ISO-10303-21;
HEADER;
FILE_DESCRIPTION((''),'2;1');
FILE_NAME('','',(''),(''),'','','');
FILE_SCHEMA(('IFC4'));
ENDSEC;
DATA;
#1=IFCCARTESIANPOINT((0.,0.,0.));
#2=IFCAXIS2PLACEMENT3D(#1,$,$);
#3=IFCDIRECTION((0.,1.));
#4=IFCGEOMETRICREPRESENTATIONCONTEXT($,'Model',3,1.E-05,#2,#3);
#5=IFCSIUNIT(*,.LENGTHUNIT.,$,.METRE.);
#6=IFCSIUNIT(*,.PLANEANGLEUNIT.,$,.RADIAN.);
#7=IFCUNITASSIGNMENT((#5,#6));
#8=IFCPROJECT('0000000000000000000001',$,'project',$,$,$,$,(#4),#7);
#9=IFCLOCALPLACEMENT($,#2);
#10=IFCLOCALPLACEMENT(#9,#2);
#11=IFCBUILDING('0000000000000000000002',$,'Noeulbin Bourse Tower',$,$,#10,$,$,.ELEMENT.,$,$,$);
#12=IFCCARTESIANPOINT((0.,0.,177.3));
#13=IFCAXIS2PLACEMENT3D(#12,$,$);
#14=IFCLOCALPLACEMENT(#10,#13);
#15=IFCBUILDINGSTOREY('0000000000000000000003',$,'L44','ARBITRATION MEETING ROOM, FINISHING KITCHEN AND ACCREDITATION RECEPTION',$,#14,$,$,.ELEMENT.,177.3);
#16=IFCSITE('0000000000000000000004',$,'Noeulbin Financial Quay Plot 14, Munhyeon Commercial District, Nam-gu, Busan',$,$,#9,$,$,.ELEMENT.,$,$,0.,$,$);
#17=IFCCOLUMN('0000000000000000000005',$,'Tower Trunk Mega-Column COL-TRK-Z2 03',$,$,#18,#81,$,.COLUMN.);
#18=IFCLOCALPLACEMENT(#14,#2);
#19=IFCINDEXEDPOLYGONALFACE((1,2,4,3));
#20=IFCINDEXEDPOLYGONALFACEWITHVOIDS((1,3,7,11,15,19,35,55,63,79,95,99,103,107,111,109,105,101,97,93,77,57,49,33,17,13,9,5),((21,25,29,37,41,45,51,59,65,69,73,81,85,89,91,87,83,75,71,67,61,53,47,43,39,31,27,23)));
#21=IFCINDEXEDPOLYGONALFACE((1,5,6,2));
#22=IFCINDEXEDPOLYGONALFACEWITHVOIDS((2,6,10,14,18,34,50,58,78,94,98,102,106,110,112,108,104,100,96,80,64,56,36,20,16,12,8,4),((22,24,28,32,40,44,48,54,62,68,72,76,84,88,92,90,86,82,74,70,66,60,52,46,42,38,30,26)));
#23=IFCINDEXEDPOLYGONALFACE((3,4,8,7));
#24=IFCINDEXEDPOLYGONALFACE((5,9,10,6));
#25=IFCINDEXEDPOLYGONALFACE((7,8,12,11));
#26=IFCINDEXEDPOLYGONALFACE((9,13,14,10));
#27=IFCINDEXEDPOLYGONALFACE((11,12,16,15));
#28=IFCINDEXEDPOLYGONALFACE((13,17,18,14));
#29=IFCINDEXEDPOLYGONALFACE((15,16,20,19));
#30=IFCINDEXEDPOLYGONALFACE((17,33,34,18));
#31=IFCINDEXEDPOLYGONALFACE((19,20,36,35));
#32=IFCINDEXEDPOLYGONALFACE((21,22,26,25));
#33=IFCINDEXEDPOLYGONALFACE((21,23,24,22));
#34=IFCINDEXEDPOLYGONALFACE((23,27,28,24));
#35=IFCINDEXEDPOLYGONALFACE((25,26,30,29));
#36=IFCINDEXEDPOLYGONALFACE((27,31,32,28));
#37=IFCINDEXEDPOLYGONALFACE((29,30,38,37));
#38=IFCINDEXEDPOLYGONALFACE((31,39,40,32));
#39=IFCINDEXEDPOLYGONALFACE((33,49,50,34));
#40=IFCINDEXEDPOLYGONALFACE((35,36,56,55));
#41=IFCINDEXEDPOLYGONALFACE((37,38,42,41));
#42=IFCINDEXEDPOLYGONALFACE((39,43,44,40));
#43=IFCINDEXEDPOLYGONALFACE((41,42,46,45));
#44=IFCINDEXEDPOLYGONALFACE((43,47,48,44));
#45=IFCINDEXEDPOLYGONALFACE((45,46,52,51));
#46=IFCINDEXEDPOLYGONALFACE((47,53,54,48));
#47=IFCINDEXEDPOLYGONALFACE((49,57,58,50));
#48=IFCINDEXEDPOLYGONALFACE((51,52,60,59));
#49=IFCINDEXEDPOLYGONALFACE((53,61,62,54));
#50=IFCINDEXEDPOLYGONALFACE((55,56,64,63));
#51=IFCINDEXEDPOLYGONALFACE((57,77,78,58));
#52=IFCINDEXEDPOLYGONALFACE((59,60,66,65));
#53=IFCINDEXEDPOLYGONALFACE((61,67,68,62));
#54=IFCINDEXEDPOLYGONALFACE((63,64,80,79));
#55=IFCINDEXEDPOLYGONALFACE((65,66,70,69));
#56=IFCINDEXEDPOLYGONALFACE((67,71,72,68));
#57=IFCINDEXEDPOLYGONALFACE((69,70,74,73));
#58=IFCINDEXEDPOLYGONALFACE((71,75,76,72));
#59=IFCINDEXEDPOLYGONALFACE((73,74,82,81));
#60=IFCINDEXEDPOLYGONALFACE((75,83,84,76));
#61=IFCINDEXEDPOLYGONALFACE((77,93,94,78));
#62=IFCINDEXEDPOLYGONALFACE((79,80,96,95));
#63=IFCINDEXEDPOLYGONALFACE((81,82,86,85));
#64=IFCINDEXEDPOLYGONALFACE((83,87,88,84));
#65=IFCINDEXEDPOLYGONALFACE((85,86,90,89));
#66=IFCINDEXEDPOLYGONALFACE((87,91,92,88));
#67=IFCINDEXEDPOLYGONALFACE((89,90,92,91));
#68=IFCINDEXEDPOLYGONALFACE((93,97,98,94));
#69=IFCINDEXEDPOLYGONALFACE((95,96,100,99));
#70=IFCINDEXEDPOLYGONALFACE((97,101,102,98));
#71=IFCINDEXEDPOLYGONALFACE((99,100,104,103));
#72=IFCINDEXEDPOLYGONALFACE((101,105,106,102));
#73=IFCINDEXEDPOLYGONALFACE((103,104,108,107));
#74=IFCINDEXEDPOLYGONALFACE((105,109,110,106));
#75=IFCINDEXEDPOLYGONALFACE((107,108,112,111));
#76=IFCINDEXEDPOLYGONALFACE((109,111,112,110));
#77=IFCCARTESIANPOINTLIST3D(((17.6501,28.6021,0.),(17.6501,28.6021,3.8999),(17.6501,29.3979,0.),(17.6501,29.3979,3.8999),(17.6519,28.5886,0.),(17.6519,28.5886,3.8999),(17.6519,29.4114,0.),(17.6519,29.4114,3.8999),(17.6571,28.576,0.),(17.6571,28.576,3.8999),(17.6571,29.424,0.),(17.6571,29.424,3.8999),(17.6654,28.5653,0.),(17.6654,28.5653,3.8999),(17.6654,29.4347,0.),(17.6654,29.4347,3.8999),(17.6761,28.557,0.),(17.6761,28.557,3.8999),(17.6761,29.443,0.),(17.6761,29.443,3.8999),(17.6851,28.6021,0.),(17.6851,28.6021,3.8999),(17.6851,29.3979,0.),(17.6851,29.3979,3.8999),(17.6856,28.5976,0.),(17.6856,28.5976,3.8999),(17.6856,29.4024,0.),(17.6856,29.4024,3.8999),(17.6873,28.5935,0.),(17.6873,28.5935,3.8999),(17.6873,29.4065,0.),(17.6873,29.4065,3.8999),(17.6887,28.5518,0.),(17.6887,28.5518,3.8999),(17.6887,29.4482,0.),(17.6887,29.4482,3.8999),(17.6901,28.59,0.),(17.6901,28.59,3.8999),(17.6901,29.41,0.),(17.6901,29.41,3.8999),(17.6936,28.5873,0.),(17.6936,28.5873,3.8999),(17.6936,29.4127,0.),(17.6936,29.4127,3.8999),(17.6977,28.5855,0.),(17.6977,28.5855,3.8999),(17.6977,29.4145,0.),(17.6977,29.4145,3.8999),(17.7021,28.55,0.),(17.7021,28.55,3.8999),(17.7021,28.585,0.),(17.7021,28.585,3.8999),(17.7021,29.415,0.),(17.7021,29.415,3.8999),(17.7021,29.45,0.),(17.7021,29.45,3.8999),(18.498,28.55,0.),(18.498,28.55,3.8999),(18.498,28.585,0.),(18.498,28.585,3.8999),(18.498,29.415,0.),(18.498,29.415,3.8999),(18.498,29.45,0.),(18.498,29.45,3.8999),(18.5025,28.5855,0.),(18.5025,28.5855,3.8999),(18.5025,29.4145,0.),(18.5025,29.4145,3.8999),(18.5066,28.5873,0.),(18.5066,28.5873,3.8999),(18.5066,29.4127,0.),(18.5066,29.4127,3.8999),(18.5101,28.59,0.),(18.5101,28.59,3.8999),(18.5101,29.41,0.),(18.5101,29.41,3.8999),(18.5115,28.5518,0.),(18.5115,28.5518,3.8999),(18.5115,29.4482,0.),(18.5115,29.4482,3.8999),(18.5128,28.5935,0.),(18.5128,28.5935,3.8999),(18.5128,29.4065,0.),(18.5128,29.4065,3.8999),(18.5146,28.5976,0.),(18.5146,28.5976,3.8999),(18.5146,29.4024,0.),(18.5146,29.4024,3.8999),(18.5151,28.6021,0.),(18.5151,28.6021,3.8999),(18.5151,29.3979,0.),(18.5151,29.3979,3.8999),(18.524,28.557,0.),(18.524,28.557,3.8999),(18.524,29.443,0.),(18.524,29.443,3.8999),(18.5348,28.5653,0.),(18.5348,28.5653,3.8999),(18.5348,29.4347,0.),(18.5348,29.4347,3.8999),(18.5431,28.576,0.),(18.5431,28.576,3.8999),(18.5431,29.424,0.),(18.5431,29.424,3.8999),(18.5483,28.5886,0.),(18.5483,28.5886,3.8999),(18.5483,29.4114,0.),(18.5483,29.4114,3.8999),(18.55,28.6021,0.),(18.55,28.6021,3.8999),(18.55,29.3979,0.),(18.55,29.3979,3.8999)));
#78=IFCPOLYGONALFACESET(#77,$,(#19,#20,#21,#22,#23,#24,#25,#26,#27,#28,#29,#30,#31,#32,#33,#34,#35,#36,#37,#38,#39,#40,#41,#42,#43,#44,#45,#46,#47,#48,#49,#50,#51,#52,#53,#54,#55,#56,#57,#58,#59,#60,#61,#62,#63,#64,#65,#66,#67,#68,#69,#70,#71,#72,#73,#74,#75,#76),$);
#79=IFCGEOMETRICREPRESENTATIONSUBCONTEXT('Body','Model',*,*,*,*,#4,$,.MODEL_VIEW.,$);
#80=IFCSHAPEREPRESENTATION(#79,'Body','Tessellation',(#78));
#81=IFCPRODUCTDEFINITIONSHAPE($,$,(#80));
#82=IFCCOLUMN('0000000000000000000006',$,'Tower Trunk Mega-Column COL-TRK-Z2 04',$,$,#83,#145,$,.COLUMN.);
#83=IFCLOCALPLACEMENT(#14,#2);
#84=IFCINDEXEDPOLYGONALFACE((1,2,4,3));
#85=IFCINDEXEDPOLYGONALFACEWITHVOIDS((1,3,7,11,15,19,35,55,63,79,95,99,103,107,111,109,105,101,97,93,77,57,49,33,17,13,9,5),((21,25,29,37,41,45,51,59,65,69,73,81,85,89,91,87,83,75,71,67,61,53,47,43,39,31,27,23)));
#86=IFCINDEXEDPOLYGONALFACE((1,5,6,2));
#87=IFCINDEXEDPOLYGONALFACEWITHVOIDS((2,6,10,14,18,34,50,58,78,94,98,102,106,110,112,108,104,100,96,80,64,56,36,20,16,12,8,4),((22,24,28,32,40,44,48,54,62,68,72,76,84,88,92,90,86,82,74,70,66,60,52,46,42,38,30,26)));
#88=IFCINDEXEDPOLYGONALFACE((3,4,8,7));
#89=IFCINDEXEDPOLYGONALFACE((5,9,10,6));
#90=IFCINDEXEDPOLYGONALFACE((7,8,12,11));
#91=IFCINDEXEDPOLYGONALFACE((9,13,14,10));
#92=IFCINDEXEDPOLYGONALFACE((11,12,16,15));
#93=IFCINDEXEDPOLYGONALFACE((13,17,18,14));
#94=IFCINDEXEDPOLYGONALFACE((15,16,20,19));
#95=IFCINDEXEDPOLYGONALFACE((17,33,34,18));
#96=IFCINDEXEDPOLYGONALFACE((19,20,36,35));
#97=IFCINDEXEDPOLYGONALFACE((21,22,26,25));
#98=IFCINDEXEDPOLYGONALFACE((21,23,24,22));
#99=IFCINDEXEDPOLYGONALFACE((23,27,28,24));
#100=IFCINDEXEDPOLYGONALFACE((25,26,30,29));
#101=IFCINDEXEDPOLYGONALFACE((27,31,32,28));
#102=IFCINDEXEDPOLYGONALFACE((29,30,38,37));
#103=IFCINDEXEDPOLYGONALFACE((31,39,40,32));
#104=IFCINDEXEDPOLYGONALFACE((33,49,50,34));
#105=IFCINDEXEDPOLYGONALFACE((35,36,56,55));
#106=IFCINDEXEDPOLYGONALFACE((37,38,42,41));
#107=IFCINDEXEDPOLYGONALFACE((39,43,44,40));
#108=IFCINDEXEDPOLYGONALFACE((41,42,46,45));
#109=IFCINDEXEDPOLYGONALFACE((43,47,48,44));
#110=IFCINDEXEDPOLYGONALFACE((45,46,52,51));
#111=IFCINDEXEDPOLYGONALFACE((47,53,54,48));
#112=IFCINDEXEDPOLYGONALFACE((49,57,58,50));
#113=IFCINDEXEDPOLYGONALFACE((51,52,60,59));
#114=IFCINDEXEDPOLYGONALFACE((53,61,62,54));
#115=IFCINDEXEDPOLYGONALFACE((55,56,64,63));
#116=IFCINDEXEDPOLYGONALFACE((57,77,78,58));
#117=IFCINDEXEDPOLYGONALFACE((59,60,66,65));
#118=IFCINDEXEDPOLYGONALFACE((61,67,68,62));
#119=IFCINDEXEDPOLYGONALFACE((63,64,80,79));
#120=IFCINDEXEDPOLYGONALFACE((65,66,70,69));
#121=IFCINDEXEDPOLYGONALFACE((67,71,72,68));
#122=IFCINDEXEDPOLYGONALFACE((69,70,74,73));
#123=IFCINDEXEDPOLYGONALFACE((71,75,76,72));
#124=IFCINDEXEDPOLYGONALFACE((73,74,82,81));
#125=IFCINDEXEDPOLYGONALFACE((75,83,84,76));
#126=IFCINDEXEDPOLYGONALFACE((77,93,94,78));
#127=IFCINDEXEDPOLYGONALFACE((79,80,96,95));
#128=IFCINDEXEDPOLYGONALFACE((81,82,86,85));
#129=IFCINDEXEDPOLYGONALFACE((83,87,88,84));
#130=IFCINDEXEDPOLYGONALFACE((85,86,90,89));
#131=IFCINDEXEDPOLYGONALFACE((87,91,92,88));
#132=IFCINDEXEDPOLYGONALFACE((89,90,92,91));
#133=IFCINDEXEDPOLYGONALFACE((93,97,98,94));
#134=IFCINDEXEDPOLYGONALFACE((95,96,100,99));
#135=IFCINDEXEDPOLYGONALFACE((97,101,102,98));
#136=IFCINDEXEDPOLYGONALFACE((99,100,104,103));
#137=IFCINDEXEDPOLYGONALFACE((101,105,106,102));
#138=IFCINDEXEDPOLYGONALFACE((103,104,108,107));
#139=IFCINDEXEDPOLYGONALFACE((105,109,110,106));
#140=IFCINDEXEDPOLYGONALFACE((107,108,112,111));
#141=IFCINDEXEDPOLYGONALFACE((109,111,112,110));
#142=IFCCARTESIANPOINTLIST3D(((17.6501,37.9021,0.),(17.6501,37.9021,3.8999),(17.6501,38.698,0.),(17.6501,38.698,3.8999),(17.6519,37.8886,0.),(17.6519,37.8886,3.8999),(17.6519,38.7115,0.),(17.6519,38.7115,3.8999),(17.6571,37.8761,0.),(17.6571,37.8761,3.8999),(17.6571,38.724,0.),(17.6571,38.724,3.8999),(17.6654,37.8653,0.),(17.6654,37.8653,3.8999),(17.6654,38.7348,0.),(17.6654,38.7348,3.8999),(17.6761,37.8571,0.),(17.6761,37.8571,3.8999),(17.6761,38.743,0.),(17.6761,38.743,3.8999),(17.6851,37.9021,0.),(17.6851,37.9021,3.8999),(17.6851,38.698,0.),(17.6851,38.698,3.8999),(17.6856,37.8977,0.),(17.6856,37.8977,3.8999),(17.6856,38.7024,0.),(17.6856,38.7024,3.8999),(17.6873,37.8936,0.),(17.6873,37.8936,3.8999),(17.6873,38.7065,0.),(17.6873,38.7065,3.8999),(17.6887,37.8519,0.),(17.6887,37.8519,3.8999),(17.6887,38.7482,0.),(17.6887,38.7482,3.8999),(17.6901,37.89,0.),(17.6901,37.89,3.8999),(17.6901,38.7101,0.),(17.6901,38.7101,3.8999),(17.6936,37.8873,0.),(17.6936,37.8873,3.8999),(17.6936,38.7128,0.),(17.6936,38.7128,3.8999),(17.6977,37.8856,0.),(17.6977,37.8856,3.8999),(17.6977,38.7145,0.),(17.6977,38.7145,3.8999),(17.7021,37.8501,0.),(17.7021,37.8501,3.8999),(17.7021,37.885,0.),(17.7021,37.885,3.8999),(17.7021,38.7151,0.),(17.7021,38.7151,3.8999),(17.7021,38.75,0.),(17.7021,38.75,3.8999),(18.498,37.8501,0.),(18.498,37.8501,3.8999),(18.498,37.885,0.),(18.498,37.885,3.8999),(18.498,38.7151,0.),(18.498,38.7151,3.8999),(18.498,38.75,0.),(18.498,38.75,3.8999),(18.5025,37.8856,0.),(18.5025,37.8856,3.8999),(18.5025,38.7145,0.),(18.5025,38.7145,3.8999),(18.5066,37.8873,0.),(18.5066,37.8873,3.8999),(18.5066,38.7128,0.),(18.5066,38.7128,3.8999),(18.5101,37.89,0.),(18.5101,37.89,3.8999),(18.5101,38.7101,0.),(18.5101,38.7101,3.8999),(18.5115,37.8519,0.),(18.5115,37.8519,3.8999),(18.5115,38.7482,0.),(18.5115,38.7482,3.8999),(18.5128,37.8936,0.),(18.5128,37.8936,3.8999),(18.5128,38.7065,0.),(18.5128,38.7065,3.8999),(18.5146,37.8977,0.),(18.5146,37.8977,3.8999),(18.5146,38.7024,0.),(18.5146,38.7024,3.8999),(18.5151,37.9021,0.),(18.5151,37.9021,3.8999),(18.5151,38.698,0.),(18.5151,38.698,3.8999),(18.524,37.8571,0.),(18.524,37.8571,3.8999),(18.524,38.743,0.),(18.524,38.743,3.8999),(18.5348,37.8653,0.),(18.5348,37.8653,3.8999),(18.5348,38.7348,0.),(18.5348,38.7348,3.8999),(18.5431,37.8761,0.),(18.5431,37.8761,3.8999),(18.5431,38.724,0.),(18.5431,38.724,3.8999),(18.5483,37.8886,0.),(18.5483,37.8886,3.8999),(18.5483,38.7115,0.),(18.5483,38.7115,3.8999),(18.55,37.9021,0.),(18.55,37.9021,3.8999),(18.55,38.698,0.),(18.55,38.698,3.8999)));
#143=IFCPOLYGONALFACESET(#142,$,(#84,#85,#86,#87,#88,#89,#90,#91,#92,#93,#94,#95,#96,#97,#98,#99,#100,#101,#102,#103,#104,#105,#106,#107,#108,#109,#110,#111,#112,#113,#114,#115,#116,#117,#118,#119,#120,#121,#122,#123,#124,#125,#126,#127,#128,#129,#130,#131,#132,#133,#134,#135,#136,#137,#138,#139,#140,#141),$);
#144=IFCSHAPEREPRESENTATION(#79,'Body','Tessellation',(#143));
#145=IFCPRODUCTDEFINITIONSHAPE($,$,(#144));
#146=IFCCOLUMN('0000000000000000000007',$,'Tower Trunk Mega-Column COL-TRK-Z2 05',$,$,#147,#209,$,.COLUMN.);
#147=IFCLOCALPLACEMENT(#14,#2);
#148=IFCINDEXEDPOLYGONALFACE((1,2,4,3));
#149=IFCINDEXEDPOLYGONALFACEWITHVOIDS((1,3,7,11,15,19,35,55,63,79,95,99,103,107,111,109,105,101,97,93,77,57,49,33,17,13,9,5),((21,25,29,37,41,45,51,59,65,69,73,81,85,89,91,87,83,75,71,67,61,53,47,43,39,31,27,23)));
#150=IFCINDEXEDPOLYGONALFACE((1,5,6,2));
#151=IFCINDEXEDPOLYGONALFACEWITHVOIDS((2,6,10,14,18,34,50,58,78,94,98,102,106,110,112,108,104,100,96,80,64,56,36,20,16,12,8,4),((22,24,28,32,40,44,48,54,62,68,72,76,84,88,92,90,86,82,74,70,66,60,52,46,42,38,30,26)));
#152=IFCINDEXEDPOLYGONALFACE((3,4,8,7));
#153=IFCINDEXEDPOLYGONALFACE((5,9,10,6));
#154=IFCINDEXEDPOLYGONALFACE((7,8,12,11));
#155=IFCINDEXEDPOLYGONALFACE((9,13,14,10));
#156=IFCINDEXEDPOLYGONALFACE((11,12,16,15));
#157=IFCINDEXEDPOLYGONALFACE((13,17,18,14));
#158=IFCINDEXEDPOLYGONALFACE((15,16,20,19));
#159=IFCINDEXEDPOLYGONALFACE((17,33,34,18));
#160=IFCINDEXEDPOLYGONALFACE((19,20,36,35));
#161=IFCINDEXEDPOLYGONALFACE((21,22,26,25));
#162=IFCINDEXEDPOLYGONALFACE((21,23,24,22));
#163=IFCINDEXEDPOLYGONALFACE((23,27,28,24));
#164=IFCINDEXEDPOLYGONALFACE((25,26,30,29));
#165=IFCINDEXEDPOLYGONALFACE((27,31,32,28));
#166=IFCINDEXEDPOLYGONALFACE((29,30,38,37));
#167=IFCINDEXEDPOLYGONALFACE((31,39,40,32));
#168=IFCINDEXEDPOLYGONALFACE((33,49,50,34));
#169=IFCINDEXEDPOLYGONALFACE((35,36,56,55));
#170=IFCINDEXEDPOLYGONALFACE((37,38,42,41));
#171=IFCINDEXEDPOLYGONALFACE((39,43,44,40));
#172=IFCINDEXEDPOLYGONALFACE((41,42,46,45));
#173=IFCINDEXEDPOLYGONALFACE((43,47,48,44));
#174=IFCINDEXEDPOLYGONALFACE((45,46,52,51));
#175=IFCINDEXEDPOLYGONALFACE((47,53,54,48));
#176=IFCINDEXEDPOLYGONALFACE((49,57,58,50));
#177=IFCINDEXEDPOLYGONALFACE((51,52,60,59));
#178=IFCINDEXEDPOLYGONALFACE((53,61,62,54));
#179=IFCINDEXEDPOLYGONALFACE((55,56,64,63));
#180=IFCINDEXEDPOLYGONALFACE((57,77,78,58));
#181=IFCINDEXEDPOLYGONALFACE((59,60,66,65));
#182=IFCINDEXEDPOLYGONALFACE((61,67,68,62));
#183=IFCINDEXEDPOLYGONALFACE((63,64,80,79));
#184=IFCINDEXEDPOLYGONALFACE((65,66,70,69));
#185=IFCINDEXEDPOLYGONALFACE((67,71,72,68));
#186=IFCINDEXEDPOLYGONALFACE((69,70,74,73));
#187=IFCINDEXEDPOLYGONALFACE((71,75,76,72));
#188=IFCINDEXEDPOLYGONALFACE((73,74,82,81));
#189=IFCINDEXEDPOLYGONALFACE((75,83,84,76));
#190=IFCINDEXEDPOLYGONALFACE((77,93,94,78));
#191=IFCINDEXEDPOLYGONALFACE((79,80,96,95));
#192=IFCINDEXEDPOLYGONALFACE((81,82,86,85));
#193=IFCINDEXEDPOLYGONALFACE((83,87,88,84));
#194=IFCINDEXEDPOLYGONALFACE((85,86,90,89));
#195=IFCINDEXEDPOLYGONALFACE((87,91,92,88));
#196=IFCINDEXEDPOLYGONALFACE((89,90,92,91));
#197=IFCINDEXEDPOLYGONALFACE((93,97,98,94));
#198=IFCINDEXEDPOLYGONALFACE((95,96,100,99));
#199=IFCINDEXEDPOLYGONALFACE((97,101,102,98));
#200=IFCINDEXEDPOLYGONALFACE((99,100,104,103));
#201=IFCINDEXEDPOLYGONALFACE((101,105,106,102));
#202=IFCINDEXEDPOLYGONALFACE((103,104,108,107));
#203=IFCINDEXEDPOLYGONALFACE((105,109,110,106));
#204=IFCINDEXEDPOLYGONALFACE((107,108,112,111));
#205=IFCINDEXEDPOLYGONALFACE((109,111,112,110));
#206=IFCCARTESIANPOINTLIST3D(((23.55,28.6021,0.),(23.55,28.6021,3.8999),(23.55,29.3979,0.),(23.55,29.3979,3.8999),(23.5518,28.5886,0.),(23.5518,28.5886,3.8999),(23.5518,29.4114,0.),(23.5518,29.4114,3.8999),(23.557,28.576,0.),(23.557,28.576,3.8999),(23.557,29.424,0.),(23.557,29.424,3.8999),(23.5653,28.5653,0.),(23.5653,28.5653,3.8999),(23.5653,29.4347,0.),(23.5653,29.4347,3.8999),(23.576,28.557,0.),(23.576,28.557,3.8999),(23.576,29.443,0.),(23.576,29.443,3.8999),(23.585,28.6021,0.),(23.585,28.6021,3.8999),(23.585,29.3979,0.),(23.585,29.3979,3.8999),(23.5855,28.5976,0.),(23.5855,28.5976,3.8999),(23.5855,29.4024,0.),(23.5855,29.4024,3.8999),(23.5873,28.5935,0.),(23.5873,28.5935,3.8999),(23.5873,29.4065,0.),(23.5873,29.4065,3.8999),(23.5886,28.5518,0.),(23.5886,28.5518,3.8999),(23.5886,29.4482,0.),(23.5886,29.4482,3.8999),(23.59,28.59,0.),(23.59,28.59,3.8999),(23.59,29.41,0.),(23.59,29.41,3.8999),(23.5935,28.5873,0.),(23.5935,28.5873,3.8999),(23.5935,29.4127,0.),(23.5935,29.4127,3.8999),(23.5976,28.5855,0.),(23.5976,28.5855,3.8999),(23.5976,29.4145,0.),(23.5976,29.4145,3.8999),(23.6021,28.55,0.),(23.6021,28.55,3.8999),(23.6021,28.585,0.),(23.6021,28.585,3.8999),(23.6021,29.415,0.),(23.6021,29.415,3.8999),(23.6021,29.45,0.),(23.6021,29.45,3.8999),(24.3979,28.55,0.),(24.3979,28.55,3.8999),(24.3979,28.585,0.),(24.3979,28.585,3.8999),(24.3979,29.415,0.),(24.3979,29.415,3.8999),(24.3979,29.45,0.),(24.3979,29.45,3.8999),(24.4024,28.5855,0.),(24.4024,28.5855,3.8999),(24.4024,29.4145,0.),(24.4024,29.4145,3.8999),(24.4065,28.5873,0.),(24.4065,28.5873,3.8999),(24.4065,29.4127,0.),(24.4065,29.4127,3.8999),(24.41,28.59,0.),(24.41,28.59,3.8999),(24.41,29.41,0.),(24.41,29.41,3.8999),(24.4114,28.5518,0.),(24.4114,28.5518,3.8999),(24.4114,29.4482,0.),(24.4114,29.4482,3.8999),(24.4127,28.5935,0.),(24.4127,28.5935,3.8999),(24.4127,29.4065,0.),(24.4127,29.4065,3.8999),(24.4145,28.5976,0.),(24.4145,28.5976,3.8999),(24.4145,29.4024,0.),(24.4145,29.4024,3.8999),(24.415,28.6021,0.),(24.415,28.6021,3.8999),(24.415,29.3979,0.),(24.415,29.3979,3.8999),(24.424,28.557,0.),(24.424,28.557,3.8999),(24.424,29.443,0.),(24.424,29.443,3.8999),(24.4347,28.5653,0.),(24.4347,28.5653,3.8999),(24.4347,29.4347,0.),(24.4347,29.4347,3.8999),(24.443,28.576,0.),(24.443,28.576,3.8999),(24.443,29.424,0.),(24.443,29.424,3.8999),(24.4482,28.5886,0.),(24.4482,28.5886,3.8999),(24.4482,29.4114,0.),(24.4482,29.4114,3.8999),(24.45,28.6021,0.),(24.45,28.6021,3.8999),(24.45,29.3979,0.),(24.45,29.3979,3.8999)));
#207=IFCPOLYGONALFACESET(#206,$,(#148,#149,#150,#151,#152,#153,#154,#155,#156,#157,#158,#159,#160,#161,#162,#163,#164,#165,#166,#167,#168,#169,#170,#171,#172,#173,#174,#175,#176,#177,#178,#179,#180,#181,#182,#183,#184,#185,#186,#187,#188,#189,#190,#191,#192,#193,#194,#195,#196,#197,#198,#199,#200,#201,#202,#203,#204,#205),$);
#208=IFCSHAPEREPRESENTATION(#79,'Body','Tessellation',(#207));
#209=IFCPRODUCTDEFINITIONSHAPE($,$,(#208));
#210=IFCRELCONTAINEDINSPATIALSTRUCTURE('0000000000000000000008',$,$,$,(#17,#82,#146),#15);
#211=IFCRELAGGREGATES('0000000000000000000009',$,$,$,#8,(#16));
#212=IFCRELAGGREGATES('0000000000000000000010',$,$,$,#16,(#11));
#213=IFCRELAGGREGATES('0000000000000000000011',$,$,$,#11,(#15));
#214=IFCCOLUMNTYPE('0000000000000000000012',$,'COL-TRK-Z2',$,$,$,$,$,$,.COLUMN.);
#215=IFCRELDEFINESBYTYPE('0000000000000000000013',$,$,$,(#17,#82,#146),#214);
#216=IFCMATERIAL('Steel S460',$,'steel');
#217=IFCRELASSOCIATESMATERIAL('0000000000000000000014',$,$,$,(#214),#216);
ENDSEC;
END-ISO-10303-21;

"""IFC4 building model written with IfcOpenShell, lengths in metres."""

from ifc_helpers import new_model, si_unit, direction, frame, origin, origin_2d, place, context, subcontext, project, spatial, hollow_rectangle, extrude, material, material_profile, profile_set, type_object, element, save


model = new_model("IFC4")

# Units and contexts
model_context = context("Model", 3, precision=1e-05, world=origin(), true_north=direction((0.0, 1.0)))
body_context = subcontext(model_context, "Body", "Model", "MODEL_VIEW")
ifc_project = project(units=[si_unit("LENGTHUNIT", "METRE"), si_unit("PLANEANGLEUNIT", "RADIAN")], contexts=[model_context])

# Site, building, storey
site_placement = place(None, origin())
site = spatial("IfcSite", under=ifc_project, at=site_placement, Name="Noeulbin Financial Quay Plot 14, Munhyeon Commercial District, Nam-gu, Busan", CompositionType="ELEMENT", RefElevation=0.0)
building_placement = place(site_placement, origin())
building = spatial("IfcBuilding", under=site, at=building_placement, Name="Noeulbin Bourse Tower", CompositionType="ELEMENT")
storey_placement = place(building_placement, frame((0.0, 0.0, 177.3)))
storey = spatial("IfcBuildingStorey", under=building, at=storey_placement, Name="L44", Description="ARBITRATION MEETING ROOM, FINISHING KITCHEN AND ACCREDITATION RECEPTION", CompositionType="ELEMENT", Elevation=177.3)

# Columns
ifc_material_1 = material(Name="Steel S460", Category="steel")
ifc_material_profile_1 = material_profile(ifc_material_1, hollow_rectangle(XDim=0.8999, YDim=0.8999, WallThickness=0.0349, InnerFilletRadius=0.0171, OuterFilletRadius=0.052, at=origin_2d()), Name="BOX-900x900x35", Category="LoadBearing")
ifc_profile_set_1 = profile_set([ifc_material_profile_1], Name="Steel S460")
column_type = type_object("IfcColumnType", Name="COL-TRK-Z2", PredefinedType="COLUMN", material=ifc_profile_set_1)
for number, where, z_axis, x_axis, name in (
    (1, (18.1001, 29.0, 0.0), (0.0, 0.0, 1.0), (1.0, 0.0, 0.0), "Tower Trunk Mega-Column COL-TRK-Z2 03"),
    (2, (18.1001, 38.3, 0.0), (0.0, 0.0, 1.0), (1.0, 0.0, 0.0), "Tower Trunk Mega-Column COL-TRK-Z2 04"),
    (3, (24.0, 29.0, 0.0), (0.0, 0.0, 1.0), (1.0, 0.0, 0.0), "Tower Trunk Mega-Column COL-TRK-Z2 05"),
):
    element("IfcColumn", number, at=place(storey_placement, frame(where, z_axis=z_axis, x_axis=x_axis)), inside=storey, type_object=column_type, Name=name, PredefinedType="COLUMN", context=body_context, shape_type="SweptSolid", body=[
        extrude(hollow_rectangle(XDim=0.8999, YDim=0.8999, WallThickness=0.0349, InnerFilletRadius=0.0171, OuterFilletRadius=0.052, at=origin_2d()), origin(), (0.0, 0.0, 1.0), 3.8999),
    ])

save(model, "model.ifc")
